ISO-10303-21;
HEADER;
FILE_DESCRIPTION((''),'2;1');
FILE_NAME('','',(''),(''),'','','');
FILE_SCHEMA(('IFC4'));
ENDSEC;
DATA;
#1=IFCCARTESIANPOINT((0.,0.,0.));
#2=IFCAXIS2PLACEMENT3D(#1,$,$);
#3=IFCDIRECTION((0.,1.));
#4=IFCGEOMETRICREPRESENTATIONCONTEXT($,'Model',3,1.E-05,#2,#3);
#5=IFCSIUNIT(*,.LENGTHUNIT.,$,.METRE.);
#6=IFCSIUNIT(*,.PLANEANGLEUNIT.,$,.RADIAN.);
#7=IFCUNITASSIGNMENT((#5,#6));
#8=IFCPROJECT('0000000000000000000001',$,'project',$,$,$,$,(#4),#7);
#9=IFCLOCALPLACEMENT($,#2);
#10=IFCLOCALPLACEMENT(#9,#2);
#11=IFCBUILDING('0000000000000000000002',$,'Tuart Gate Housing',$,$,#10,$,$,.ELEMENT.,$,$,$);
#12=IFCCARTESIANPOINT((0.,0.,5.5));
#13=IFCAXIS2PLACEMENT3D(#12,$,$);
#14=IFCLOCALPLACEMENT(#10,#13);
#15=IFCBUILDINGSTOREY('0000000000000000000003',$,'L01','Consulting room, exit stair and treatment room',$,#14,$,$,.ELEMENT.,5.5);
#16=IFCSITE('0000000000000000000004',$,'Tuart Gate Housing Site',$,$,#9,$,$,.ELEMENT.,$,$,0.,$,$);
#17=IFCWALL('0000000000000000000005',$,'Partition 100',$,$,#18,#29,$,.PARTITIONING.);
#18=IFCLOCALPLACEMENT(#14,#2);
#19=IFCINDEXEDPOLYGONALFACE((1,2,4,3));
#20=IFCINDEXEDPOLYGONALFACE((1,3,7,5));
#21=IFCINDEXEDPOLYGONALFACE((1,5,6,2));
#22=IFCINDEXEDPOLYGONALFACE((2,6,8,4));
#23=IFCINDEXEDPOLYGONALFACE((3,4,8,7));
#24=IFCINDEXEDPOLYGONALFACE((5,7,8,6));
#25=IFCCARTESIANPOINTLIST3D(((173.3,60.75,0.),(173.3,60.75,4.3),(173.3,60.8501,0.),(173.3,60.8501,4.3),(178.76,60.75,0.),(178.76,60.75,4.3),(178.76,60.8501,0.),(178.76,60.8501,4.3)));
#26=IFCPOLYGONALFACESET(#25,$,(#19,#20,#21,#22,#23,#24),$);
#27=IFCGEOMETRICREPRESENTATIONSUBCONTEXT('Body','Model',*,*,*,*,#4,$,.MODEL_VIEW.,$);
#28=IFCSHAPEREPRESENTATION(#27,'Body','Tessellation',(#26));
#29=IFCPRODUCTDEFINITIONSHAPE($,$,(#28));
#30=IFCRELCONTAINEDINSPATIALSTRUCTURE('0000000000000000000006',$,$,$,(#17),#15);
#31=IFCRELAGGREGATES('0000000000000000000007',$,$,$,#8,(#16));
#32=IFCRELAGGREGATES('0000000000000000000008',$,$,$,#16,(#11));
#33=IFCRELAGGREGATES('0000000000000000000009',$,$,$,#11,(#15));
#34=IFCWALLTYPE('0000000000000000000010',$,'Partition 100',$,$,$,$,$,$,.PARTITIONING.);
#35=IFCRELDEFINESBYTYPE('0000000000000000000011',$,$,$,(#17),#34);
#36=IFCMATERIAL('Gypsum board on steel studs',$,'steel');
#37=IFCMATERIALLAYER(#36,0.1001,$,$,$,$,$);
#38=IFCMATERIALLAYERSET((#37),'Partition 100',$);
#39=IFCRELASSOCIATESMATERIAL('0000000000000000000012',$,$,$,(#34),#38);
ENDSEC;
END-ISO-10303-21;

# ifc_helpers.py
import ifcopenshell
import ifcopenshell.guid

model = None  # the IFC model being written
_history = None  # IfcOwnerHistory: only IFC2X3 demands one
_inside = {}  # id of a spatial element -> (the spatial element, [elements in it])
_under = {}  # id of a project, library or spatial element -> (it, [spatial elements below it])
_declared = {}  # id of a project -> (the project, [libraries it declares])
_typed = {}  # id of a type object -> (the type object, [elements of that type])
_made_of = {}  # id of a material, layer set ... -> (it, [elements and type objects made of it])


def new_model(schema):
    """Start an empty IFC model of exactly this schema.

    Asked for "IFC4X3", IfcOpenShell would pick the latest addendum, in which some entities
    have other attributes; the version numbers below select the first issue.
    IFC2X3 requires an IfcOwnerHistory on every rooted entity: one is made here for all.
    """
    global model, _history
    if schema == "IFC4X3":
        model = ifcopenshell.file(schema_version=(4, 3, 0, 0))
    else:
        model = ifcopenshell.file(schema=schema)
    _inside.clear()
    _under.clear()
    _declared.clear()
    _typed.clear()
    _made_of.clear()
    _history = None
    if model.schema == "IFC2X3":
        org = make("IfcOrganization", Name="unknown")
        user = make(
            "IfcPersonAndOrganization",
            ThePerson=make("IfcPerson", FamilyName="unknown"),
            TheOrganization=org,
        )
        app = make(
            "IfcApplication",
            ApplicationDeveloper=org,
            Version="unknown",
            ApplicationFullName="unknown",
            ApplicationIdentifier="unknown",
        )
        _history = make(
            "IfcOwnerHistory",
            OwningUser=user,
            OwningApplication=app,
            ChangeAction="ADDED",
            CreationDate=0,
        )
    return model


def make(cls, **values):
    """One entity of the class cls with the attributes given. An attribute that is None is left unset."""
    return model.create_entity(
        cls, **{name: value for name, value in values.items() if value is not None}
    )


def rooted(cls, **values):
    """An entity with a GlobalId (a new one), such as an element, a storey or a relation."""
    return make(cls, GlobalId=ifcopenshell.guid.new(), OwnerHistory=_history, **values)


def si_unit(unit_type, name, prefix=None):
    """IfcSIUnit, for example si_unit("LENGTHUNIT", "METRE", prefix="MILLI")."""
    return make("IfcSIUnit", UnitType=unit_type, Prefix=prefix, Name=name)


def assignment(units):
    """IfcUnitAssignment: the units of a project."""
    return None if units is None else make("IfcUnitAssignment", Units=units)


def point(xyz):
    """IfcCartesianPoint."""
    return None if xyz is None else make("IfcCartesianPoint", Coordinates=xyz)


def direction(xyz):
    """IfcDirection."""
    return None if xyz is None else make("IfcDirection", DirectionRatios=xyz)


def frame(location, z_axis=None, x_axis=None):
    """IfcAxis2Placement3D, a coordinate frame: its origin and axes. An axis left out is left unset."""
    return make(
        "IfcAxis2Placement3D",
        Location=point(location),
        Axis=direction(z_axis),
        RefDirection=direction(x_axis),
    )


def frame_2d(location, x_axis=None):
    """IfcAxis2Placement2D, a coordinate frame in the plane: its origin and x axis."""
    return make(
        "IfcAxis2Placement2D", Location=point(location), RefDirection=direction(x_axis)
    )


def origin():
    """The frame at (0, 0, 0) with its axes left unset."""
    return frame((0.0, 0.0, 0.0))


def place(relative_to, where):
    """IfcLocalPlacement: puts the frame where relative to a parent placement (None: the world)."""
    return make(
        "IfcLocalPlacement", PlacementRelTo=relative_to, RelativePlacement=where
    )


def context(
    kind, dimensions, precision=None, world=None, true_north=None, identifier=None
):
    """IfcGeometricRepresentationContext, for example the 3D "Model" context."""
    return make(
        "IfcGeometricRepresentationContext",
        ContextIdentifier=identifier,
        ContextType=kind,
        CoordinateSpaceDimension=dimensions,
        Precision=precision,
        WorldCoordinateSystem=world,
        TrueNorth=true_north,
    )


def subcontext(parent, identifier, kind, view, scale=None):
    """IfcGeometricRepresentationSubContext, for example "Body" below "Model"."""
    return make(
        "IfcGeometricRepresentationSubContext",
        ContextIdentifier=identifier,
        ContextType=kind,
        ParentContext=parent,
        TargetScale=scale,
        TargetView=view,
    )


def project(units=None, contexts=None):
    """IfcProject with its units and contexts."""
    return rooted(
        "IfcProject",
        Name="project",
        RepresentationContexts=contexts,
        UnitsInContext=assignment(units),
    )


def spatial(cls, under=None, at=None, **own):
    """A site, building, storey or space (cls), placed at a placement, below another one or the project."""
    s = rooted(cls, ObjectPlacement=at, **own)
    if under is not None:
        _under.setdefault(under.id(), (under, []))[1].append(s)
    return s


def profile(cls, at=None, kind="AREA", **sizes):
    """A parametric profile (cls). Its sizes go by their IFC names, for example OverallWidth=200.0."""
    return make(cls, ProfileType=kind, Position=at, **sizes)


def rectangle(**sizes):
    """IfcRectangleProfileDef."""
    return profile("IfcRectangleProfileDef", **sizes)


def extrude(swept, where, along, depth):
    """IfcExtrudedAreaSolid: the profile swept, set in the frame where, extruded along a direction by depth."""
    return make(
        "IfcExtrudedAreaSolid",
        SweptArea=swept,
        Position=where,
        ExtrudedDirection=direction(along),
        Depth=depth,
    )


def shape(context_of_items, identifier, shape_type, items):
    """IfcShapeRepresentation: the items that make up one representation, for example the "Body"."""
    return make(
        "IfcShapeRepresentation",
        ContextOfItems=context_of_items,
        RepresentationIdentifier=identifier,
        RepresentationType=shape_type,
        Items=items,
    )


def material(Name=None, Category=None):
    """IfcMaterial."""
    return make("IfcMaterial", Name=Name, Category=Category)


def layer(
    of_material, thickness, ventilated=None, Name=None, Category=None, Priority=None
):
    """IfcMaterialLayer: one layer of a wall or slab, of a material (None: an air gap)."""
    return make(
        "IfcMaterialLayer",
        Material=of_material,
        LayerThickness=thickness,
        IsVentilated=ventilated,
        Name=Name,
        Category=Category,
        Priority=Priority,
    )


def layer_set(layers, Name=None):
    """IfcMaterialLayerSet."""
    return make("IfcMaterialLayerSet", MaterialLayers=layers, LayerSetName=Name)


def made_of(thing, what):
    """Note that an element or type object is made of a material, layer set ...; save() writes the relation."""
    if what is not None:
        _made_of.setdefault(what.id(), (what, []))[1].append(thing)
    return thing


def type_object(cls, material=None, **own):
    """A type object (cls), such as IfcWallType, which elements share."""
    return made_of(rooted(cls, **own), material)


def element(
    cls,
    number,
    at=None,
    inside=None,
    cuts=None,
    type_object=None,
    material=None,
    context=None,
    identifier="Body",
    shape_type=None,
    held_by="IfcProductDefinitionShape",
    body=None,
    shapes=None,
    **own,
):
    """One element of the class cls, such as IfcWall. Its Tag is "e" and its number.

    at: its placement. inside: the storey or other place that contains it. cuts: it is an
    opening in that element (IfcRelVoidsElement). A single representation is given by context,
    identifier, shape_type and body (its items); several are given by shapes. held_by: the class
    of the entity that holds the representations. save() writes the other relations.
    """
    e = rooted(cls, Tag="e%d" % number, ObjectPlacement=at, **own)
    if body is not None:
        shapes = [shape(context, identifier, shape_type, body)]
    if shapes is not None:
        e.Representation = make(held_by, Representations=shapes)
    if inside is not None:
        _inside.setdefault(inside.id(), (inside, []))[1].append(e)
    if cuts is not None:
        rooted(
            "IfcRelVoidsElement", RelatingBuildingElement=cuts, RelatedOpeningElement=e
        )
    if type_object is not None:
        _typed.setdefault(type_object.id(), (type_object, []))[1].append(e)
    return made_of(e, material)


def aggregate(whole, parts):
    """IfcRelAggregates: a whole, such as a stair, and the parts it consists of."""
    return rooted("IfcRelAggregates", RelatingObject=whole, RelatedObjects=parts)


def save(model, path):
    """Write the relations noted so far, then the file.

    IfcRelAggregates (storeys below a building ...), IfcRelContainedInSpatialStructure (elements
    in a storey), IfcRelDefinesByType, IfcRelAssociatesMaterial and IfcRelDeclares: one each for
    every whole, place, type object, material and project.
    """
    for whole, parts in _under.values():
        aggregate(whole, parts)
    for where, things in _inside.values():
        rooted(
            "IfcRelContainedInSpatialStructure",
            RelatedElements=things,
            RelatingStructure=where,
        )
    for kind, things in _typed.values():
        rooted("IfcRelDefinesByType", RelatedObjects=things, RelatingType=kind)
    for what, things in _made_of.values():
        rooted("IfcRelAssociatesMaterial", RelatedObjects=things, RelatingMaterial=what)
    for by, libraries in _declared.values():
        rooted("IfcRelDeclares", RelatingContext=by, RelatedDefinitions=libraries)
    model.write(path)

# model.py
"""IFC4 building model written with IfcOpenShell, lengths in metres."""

from ifc_helpers import new_model, si_unit, direction, frame, frame_2d, origin, place, context, subcontext, project, spatial, rectangle, extrude, material, layer, layer_set, type_object, element, save


model = new_model("IFC4")

# Units and contexts
model_context = context("Model", 3, precision=1e-05, world=origin(), true_north=direction((0.0, 1.0)))
body_context = subcontext(model_context, "Body", "Model", "MODEL_VIEW")
ifc_project = project(units=[si_unit("LENGTHUNIT", "METRE"), si_unit("PLANEANGLEUNIT", "RADIAN")], contexts=[model_context])

# Site, building, storey
site_placement = place(None, origin())
site = spatial("IfcSite", under=ifc_project, at=site_placement, Name="Tuart Gate Housing Site", CompositionType="ELEMENT", RefElevation=0.0)
building_placement = place(site_placement, origin())
building = spatial("IfcBuilding", under=site, at=building_placement, Name="Tuart Gate Housing", CompositionType="ELEMENT")
storey_placement = place(building_placement, frame((0.0, 0.0, 5.5)))
storey = spatial("IfcBuildingStorey", under=building, at=storey_placement, Name="L01", Description="Consulting room, exit stair and treatment room", CompositionType="ELEMENT", Elevation=5.5)

# Wall
ifc_material_1 = material(Name="Gypsum board on steel studs", Category="steel")
ifc_layer_1 = layer(ifc_material_1, 0.1001)
ifc_layer_set_1 = layer_set([ifc_layer_1], Name="Partition 100")
wall_type_1 = type_object("IfcWallType", Name="Partition 100", PredefinedType="PARTITIONING", material=ifc_layer_set_1)
wall_1_placement = place(storey_placement, frame((173.3, 60.8, 0.0), z_axis=(0.0, 0.0, 1.0), x_axis=(1.0, 0.0, 0.0)))
element("IfcWall", 1, at=wall_1_placement, inside=storey, type_object=wall_type_1, Name="Partition 100", PredefinedType="PARTITIONING", context=body_context, shape_type="SweptSolid", body=[
    extrude(rectangle(XDim=5.46, YDim=0.1001, at=frame_2d((2.73, 0.0))), origin(), (0.0, 0.0, 1.0), 4.3),
])

save(model, "model.ifc")
